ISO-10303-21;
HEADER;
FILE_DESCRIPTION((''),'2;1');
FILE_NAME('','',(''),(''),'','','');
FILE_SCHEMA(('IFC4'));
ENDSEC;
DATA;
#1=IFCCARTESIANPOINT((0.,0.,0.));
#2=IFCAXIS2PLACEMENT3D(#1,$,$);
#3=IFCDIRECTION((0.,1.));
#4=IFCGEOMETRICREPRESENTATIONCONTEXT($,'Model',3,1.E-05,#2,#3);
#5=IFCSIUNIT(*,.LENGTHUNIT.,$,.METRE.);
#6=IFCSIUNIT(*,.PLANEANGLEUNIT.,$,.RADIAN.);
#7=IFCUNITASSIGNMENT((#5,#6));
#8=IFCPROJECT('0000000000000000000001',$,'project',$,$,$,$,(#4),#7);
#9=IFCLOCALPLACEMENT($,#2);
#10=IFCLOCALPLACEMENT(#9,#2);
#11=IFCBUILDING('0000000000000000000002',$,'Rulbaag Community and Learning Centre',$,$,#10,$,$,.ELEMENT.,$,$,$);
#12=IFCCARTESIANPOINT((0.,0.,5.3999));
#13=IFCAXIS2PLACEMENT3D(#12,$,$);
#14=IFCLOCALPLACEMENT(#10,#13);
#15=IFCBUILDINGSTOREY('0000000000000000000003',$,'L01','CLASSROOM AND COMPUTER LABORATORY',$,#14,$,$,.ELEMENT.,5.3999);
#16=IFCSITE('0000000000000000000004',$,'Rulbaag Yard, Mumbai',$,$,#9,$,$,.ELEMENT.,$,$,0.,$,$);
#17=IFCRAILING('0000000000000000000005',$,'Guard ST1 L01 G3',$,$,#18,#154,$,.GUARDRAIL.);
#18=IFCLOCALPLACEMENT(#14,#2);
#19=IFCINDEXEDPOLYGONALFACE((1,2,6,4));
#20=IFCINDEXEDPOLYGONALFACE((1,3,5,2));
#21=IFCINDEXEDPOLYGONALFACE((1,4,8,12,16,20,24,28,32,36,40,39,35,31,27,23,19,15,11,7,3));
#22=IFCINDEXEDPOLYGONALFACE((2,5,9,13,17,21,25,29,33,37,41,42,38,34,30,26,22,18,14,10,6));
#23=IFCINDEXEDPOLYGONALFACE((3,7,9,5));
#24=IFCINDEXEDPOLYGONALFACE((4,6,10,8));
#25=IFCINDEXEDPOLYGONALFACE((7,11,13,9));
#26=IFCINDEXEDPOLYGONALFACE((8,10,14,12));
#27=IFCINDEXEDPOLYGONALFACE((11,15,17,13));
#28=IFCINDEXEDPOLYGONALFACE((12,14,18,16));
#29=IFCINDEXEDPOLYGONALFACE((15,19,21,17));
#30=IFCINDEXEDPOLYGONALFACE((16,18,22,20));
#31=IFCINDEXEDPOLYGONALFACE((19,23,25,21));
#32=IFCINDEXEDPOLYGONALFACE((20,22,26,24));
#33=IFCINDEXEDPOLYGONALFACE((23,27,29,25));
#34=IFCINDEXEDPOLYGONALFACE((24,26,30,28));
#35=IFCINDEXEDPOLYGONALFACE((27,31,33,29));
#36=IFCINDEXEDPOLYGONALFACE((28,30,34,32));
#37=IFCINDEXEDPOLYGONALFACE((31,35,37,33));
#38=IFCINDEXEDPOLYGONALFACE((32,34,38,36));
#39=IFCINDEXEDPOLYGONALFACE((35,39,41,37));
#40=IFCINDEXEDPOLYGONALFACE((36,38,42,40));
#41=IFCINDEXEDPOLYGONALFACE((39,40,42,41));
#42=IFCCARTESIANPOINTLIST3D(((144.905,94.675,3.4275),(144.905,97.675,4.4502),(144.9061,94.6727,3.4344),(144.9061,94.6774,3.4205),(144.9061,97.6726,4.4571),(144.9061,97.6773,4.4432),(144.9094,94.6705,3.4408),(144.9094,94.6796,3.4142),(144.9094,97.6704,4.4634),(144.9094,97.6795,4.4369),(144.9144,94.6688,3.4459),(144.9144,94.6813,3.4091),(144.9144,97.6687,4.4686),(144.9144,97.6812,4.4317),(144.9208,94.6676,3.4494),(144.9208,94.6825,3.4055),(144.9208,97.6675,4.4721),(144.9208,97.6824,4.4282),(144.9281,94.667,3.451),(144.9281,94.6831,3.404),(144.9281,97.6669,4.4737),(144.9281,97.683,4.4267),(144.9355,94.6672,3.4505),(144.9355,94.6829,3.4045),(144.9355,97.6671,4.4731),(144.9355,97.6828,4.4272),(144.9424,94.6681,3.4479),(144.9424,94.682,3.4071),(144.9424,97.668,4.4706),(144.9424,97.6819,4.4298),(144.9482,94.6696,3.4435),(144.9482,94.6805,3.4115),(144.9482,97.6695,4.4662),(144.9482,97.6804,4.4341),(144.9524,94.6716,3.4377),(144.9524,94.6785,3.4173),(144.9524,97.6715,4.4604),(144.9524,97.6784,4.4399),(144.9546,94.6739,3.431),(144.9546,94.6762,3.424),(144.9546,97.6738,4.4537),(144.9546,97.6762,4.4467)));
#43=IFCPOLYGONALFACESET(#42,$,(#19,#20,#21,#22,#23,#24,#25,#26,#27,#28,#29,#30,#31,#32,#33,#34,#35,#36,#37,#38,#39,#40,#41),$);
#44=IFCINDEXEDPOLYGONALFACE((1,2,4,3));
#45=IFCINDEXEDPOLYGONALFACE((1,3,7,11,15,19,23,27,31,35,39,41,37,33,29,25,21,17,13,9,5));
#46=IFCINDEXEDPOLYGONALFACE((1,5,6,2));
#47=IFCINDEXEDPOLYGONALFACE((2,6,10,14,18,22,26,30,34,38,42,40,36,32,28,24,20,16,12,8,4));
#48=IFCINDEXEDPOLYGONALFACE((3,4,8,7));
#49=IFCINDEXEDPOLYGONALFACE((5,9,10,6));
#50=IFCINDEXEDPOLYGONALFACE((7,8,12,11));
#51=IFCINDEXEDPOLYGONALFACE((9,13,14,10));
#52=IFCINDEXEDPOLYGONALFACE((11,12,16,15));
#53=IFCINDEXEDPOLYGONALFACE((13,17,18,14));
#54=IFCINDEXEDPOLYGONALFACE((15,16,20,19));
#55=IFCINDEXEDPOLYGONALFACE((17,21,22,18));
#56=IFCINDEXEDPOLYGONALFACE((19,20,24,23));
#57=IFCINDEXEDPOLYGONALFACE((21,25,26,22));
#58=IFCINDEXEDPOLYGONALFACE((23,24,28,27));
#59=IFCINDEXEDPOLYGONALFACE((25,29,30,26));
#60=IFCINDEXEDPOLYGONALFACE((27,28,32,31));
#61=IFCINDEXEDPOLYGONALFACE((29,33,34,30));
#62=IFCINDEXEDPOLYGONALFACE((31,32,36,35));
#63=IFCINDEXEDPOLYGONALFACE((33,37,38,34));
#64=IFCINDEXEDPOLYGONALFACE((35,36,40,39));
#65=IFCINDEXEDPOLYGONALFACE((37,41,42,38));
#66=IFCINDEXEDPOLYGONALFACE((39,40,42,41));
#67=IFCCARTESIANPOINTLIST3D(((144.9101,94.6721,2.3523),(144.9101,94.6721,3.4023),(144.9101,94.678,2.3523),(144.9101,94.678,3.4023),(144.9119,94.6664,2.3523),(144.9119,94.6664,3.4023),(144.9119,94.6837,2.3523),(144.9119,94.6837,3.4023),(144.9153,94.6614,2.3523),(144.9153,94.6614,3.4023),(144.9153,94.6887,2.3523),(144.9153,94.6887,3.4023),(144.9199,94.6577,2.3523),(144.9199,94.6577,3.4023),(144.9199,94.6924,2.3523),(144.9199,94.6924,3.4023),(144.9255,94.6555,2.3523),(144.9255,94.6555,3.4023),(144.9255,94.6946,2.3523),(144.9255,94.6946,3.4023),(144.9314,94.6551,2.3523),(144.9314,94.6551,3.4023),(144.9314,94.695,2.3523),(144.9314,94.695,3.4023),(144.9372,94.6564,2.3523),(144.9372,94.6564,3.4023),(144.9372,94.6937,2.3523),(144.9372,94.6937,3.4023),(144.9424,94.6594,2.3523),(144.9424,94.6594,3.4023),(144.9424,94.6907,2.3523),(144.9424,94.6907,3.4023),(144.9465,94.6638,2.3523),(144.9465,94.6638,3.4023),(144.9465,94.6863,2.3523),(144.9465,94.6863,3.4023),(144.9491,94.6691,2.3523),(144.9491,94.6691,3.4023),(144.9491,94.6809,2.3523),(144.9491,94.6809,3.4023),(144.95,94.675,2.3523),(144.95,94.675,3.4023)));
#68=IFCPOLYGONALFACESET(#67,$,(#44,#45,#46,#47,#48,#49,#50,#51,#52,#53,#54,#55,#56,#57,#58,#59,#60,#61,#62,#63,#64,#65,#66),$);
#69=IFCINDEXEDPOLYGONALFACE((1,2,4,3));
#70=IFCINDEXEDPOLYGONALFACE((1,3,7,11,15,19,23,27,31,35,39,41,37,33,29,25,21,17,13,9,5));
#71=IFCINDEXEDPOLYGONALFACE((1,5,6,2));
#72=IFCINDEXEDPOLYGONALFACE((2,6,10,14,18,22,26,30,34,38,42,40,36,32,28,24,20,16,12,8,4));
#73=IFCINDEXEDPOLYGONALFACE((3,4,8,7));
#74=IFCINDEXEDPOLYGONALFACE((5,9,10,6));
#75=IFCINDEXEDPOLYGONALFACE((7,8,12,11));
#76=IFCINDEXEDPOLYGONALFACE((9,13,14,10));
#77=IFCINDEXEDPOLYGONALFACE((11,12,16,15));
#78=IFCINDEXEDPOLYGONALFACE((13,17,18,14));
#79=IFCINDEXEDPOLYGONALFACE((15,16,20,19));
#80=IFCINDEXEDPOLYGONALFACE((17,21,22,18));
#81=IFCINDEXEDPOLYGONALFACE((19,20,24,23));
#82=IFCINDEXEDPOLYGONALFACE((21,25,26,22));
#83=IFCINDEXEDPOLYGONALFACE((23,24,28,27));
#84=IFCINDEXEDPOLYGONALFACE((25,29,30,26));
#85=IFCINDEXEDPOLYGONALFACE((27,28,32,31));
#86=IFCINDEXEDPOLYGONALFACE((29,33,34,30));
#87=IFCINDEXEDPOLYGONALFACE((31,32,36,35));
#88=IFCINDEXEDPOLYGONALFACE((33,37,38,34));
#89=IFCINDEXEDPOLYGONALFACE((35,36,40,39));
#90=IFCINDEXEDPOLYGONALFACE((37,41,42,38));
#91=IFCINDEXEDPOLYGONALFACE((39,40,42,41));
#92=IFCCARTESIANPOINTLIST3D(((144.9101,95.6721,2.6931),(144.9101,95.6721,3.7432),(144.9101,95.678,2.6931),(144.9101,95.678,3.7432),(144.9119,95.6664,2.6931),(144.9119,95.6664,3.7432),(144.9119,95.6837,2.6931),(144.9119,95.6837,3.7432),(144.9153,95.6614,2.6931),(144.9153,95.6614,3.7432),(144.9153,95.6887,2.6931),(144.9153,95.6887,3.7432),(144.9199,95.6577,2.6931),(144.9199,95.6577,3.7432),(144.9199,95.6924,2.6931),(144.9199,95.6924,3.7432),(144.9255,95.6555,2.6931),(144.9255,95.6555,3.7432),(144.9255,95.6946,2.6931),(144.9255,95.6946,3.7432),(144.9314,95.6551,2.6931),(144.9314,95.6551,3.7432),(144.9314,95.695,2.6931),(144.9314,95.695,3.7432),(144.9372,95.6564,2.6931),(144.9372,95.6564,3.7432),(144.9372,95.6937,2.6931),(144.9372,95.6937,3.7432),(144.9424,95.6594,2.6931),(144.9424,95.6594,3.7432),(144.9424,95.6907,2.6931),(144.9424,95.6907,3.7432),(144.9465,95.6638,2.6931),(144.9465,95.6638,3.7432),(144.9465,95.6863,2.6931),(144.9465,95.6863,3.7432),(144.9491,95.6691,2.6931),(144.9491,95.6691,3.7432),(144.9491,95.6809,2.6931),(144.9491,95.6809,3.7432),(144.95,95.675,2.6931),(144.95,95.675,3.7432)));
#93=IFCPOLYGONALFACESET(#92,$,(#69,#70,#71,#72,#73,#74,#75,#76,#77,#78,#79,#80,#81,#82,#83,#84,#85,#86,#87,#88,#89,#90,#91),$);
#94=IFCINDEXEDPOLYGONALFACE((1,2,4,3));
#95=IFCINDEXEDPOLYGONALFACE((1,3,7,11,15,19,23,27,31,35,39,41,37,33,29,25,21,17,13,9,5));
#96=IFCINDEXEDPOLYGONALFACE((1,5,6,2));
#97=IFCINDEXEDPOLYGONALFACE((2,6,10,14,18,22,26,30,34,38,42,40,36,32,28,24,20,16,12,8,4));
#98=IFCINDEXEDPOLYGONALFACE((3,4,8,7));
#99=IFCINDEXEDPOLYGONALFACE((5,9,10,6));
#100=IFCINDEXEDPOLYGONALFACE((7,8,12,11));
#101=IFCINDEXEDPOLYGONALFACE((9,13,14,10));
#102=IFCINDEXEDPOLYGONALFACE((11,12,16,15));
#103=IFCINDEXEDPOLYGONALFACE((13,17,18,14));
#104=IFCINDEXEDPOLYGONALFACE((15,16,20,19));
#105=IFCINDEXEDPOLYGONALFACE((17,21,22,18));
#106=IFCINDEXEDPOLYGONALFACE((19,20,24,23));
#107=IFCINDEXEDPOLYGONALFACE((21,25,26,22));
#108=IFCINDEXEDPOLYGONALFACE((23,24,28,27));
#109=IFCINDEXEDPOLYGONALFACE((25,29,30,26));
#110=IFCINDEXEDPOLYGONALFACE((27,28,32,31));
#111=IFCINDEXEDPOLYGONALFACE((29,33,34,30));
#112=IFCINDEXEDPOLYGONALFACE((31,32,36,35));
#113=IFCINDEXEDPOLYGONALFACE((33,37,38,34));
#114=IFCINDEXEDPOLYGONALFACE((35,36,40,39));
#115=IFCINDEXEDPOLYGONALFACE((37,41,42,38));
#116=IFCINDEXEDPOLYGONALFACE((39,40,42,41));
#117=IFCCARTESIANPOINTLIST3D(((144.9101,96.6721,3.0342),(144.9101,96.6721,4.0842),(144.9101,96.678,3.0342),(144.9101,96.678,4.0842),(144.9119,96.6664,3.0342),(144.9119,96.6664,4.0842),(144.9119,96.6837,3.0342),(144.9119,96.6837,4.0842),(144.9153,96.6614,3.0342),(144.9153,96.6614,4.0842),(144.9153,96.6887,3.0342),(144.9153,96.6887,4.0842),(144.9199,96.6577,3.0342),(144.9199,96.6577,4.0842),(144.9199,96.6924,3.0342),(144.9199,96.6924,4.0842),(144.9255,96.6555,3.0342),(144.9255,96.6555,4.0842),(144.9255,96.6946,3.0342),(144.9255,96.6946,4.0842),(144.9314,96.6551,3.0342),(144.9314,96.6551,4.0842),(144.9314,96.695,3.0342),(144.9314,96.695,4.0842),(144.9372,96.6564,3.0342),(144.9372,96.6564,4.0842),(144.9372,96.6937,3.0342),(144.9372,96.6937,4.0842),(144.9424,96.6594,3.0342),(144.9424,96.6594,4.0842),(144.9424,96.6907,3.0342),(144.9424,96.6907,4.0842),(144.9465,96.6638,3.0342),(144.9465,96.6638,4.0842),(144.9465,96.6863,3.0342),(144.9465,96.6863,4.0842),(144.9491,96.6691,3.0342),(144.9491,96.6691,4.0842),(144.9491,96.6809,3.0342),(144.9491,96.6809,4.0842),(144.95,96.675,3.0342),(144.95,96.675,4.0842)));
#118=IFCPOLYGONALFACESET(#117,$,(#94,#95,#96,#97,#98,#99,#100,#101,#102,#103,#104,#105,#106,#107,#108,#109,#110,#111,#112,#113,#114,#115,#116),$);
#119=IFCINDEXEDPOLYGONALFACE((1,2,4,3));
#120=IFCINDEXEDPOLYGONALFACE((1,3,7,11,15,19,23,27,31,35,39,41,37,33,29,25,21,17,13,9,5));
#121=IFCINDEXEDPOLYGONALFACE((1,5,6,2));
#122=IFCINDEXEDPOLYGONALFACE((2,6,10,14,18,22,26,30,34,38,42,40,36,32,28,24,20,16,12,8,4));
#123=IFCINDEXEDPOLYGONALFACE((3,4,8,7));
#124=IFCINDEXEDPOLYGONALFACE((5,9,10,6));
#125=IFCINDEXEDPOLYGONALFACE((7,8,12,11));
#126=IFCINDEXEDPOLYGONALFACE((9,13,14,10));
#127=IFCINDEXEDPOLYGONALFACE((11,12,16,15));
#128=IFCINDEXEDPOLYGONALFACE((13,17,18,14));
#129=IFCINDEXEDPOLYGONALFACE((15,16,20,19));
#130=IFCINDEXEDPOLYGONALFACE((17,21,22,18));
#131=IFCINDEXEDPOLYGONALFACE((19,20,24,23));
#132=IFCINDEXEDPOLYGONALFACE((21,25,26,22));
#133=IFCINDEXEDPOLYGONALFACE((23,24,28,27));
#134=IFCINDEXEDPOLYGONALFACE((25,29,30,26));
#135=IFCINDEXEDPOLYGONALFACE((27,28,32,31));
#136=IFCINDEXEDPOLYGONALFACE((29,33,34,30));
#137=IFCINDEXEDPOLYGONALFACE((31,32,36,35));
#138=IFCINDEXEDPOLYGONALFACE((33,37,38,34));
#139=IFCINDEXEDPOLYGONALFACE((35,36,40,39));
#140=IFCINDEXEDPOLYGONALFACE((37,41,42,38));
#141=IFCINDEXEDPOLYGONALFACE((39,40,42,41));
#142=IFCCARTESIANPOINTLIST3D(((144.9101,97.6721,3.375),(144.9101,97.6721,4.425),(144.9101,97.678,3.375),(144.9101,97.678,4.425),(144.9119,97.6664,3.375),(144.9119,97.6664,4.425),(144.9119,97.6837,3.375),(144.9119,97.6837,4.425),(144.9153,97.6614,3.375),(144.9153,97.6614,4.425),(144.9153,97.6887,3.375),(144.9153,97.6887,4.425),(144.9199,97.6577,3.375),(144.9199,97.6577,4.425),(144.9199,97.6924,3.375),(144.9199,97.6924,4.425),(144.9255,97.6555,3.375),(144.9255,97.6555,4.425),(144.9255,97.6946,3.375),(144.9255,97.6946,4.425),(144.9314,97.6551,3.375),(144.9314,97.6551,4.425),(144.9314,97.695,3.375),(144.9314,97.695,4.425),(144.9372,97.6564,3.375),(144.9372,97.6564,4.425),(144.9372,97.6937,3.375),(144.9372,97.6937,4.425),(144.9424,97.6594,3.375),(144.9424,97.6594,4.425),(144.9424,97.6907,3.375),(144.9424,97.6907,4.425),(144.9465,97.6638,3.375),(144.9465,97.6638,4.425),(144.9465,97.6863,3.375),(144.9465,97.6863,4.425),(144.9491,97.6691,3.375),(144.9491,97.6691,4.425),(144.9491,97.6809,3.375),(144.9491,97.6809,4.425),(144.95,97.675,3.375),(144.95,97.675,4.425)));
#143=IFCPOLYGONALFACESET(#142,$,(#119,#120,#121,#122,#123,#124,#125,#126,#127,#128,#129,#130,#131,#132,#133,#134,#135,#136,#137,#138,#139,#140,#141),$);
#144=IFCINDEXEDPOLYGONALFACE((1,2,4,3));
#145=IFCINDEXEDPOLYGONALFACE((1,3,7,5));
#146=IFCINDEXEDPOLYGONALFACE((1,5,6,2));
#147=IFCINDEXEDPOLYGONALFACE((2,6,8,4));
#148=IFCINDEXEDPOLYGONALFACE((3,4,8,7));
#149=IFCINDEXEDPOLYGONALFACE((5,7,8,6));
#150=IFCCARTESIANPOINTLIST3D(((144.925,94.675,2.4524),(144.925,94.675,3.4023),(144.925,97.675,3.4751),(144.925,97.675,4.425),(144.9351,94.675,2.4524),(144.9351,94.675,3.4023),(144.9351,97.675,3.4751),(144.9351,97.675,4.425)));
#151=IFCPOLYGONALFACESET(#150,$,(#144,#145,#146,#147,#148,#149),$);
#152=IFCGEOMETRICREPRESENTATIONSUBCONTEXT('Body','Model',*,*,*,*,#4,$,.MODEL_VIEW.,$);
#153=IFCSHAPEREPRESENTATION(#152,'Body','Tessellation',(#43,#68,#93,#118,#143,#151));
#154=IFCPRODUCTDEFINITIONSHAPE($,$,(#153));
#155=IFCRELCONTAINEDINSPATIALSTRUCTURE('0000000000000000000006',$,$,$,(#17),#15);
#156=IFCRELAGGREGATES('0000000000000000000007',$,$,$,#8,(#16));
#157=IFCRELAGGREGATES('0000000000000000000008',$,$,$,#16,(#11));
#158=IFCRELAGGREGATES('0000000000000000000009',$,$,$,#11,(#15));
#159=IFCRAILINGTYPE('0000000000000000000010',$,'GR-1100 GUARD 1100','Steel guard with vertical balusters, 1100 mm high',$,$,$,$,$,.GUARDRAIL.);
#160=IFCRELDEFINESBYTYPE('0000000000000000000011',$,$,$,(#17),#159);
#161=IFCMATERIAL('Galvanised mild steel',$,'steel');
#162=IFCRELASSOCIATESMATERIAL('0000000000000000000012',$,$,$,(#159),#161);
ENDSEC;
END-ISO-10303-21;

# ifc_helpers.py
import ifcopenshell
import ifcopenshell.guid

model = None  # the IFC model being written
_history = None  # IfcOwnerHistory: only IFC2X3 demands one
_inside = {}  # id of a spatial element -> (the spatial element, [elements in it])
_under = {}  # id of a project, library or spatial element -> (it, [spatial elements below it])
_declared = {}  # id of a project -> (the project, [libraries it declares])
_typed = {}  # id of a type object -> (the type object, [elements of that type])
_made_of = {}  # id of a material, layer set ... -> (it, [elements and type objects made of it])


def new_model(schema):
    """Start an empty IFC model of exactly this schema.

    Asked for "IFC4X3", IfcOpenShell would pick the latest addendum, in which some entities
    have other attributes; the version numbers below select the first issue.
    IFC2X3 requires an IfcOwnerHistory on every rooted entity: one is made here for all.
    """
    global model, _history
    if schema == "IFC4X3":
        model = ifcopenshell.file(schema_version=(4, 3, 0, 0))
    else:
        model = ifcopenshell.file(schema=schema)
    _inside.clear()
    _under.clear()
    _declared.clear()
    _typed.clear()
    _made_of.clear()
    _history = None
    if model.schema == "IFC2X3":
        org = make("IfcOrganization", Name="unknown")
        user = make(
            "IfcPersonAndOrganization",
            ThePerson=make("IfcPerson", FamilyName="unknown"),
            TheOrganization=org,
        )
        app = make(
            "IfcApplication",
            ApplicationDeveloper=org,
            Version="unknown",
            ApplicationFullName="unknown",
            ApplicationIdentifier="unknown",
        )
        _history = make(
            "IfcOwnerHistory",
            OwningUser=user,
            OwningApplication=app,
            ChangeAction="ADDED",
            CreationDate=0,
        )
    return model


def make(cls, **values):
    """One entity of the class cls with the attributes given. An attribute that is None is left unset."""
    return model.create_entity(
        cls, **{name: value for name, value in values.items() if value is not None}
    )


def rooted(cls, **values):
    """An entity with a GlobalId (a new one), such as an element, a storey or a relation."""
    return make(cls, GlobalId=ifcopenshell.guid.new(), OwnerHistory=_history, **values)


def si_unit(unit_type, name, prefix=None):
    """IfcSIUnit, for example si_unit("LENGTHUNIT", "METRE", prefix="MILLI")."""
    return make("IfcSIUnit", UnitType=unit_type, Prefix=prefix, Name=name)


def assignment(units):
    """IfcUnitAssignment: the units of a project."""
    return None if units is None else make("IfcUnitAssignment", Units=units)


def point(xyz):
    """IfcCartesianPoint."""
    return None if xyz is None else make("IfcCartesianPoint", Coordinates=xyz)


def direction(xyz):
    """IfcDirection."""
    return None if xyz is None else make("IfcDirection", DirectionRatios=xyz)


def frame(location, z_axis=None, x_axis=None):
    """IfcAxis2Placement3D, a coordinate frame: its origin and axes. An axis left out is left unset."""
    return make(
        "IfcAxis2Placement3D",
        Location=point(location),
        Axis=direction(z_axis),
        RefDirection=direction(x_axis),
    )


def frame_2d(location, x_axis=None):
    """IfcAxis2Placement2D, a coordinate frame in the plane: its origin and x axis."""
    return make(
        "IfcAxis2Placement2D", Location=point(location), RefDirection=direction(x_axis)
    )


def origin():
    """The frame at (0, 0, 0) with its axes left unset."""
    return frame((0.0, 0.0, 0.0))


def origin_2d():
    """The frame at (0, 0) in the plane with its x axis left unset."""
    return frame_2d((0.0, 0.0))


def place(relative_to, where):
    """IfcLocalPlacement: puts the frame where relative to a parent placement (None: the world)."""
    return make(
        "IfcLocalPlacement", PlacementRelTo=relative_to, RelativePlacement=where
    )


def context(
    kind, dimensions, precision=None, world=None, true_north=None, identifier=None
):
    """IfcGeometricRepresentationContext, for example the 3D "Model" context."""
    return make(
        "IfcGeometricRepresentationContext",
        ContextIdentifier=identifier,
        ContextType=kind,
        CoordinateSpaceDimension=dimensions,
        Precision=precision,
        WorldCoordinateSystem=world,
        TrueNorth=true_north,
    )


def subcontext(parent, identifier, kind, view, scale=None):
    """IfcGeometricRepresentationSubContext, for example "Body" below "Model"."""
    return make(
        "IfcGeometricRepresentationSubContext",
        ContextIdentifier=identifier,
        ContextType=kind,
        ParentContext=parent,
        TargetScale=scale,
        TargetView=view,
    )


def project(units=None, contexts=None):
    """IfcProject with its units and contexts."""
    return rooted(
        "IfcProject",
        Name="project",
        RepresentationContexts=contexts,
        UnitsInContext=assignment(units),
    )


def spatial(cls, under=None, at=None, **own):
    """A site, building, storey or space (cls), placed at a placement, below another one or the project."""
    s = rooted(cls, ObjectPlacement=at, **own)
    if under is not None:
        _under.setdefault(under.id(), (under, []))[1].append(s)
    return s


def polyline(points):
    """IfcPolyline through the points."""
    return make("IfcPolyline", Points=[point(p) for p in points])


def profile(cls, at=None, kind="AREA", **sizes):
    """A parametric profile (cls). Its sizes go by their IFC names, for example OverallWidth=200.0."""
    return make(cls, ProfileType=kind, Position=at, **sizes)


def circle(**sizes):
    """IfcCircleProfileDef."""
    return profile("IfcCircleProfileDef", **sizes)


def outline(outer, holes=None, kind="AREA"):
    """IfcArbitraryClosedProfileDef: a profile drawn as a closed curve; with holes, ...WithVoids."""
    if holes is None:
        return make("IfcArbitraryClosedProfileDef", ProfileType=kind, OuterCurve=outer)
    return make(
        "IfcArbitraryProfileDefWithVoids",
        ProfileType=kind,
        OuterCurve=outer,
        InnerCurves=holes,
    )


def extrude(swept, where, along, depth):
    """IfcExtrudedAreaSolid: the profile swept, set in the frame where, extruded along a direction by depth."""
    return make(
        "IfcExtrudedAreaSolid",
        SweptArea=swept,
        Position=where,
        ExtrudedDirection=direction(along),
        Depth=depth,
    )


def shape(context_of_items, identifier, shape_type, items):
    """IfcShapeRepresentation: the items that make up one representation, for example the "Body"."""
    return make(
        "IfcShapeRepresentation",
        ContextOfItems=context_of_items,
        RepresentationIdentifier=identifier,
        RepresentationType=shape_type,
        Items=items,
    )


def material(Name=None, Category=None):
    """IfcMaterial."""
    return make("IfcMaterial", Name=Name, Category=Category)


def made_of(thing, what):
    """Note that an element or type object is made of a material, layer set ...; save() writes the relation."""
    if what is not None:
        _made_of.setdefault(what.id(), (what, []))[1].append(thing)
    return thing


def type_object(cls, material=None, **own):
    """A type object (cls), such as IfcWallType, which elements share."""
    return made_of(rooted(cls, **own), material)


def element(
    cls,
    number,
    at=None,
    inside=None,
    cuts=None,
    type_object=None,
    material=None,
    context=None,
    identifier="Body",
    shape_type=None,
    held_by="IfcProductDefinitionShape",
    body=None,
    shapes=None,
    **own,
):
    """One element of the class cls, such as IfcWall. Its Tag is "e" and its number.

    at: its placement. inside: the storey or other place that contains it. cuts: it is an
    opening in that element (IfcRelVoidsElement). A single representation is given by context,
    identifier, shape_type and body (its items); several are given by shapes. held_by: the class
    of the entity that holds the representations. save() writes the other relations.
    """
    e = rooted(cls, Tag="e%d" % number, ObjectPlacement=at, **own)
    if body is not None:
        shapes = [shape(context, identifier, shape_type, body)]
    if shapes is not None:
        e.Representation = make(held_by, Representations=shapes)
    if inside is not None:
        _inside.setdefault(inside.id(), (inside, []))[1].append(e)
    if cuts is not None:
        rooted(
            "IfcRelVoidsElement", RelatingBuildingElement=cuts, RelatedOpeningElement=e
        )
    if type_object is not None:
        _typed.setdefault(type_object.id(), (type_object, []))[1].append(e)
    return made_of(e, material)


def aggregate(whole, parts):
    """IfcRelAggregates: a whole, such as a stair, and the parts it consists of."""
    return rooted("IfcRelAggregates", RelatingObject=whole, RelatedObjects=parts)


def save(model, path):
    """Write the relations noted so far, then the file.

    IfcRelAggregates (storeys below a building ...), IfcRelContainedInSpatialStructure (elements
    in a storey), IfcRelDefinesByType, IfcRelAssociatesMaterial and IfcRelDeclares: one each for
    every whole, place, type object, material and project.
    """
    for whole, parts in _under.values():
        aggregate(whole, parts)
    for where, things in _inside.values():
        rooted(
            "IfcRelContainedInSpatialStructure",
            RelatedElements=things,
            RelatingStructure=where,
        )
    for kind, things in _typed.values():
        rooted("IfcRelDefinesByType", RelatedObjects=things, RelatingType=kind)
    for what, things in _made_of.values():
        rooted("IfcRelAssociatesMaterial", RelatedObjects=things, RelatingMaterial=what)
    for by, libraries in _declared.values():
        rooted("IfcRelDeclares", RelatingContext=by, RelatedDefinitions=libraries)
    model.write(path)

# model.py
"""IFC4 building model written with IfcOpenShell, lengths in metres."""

from ifc_helpers import new_model, si_unit, direction, frame, origin, origin_2d, place, context, subcontext, project, spatial, polyline, circle, outline, extrude, material, type_object, element, save


model = new_model("IFC4")

# Units and contexts
model_context = context("Model", 3, precision=1e-05, world=origin(), true_north=direction((0.0, 1.0)))
body_context = subcontext(model_context, "Body", "Model", "MODEL_VIEW")
ifc_project = project(units=[si_unit("LENGTHUNIT", "METRE"), si_unit("PLANEANGLEUNIT", "RADIAN")], contexts=[model_context])

# Site, building, storey
site_placement = place(None, origin())
site = spatial("IfcSite", under=ifc_project, at=site_placement, Name="Rulbaag Yard, Mumbai", CompositionType="ELEMENT", RefElevation=0.0)
building_placement = place(site_placement, origin())
building = spatial("IfcBuilding", under=site, at=building_placement, Name="Rulbaag Community and Learning Centre", CompositionType="ELEMENT")
storey_placement = place(building_placement, frame((0.0, 0.0, 5.3999)))
storey = spatial("IfcBuildingStorey", under=building, at=storey_placement, Name="L01", Description="CLASSROOM AND COMPUTER LABORATORY", CompositionType="ELEMENT", Elevation=5.3999)

# Railing
ifc_material_1 = material(Name="Galvanised mild steel", Category="steel")
railing_type_1 = type_object("IfcRailingType", Name="GR-1100 GUARD 1100", Description="Steel guard with vertical balusters, 1100 mm high", PredefinedType="GUARDRAIL", material=ifc_material_1)
railing_1_placement = place(storey_placement, frame((144.9299, 94.675, 2.3523)))
element("IfcRailing", 1, at=railing_1_placement, inside=storey, type_object=railing_type_1, Name="Guard ST1 L01 G3", PredefinedType="GUARDRAIL", context=body_context, shape_type="SweptSolid", body=[
    extrude(circle(Radius=0.0249, at=origin_2d()), frame((0.0, 0.0, 1.0752), z_axis=(0.0, 0.946512, 0.322668), x_axis=(-1.0, 0.0, 0.0)), (0.0, 0.0, 1.0), 3.1694),
    extrude(circle(Radius=0.02, at=origin_2d()), origin(), (0.0, 0.0, 1.0), 1.05),
    extrude(circle(Radius=0.02, at=origin_2d()), frame((0.0, 1.0, 0.3408)), (0.0, 0.0, 1.0), 1.05),
    extrude(circle(Radius=0.02, at=origin_2d()), frame((0.0, 2.0, 0.6819)), (0.0, 0.0, 1.0), 1.05),
    extrude(circle(Radius=0.02, at=origin_2d()), frame((0.0, 3.0, 1.0227)), (0.0, 0.0, 1.0), 1.05),
    extrude(outline(polyline([(0.0, 0.0), (3.0, 1.0227), (3.0, 1.9727), (0.0, 0.95), (0.0, 0.0)])), frame((-0.0049, 0.0, 0.1001), z_axis=(1.0, 0.0, 0.0), x_axis=(0.0, 1.0, 0.0)), (0.0, 0.0, 1.0), 0.01),
])

save(model, "model.ifc")
